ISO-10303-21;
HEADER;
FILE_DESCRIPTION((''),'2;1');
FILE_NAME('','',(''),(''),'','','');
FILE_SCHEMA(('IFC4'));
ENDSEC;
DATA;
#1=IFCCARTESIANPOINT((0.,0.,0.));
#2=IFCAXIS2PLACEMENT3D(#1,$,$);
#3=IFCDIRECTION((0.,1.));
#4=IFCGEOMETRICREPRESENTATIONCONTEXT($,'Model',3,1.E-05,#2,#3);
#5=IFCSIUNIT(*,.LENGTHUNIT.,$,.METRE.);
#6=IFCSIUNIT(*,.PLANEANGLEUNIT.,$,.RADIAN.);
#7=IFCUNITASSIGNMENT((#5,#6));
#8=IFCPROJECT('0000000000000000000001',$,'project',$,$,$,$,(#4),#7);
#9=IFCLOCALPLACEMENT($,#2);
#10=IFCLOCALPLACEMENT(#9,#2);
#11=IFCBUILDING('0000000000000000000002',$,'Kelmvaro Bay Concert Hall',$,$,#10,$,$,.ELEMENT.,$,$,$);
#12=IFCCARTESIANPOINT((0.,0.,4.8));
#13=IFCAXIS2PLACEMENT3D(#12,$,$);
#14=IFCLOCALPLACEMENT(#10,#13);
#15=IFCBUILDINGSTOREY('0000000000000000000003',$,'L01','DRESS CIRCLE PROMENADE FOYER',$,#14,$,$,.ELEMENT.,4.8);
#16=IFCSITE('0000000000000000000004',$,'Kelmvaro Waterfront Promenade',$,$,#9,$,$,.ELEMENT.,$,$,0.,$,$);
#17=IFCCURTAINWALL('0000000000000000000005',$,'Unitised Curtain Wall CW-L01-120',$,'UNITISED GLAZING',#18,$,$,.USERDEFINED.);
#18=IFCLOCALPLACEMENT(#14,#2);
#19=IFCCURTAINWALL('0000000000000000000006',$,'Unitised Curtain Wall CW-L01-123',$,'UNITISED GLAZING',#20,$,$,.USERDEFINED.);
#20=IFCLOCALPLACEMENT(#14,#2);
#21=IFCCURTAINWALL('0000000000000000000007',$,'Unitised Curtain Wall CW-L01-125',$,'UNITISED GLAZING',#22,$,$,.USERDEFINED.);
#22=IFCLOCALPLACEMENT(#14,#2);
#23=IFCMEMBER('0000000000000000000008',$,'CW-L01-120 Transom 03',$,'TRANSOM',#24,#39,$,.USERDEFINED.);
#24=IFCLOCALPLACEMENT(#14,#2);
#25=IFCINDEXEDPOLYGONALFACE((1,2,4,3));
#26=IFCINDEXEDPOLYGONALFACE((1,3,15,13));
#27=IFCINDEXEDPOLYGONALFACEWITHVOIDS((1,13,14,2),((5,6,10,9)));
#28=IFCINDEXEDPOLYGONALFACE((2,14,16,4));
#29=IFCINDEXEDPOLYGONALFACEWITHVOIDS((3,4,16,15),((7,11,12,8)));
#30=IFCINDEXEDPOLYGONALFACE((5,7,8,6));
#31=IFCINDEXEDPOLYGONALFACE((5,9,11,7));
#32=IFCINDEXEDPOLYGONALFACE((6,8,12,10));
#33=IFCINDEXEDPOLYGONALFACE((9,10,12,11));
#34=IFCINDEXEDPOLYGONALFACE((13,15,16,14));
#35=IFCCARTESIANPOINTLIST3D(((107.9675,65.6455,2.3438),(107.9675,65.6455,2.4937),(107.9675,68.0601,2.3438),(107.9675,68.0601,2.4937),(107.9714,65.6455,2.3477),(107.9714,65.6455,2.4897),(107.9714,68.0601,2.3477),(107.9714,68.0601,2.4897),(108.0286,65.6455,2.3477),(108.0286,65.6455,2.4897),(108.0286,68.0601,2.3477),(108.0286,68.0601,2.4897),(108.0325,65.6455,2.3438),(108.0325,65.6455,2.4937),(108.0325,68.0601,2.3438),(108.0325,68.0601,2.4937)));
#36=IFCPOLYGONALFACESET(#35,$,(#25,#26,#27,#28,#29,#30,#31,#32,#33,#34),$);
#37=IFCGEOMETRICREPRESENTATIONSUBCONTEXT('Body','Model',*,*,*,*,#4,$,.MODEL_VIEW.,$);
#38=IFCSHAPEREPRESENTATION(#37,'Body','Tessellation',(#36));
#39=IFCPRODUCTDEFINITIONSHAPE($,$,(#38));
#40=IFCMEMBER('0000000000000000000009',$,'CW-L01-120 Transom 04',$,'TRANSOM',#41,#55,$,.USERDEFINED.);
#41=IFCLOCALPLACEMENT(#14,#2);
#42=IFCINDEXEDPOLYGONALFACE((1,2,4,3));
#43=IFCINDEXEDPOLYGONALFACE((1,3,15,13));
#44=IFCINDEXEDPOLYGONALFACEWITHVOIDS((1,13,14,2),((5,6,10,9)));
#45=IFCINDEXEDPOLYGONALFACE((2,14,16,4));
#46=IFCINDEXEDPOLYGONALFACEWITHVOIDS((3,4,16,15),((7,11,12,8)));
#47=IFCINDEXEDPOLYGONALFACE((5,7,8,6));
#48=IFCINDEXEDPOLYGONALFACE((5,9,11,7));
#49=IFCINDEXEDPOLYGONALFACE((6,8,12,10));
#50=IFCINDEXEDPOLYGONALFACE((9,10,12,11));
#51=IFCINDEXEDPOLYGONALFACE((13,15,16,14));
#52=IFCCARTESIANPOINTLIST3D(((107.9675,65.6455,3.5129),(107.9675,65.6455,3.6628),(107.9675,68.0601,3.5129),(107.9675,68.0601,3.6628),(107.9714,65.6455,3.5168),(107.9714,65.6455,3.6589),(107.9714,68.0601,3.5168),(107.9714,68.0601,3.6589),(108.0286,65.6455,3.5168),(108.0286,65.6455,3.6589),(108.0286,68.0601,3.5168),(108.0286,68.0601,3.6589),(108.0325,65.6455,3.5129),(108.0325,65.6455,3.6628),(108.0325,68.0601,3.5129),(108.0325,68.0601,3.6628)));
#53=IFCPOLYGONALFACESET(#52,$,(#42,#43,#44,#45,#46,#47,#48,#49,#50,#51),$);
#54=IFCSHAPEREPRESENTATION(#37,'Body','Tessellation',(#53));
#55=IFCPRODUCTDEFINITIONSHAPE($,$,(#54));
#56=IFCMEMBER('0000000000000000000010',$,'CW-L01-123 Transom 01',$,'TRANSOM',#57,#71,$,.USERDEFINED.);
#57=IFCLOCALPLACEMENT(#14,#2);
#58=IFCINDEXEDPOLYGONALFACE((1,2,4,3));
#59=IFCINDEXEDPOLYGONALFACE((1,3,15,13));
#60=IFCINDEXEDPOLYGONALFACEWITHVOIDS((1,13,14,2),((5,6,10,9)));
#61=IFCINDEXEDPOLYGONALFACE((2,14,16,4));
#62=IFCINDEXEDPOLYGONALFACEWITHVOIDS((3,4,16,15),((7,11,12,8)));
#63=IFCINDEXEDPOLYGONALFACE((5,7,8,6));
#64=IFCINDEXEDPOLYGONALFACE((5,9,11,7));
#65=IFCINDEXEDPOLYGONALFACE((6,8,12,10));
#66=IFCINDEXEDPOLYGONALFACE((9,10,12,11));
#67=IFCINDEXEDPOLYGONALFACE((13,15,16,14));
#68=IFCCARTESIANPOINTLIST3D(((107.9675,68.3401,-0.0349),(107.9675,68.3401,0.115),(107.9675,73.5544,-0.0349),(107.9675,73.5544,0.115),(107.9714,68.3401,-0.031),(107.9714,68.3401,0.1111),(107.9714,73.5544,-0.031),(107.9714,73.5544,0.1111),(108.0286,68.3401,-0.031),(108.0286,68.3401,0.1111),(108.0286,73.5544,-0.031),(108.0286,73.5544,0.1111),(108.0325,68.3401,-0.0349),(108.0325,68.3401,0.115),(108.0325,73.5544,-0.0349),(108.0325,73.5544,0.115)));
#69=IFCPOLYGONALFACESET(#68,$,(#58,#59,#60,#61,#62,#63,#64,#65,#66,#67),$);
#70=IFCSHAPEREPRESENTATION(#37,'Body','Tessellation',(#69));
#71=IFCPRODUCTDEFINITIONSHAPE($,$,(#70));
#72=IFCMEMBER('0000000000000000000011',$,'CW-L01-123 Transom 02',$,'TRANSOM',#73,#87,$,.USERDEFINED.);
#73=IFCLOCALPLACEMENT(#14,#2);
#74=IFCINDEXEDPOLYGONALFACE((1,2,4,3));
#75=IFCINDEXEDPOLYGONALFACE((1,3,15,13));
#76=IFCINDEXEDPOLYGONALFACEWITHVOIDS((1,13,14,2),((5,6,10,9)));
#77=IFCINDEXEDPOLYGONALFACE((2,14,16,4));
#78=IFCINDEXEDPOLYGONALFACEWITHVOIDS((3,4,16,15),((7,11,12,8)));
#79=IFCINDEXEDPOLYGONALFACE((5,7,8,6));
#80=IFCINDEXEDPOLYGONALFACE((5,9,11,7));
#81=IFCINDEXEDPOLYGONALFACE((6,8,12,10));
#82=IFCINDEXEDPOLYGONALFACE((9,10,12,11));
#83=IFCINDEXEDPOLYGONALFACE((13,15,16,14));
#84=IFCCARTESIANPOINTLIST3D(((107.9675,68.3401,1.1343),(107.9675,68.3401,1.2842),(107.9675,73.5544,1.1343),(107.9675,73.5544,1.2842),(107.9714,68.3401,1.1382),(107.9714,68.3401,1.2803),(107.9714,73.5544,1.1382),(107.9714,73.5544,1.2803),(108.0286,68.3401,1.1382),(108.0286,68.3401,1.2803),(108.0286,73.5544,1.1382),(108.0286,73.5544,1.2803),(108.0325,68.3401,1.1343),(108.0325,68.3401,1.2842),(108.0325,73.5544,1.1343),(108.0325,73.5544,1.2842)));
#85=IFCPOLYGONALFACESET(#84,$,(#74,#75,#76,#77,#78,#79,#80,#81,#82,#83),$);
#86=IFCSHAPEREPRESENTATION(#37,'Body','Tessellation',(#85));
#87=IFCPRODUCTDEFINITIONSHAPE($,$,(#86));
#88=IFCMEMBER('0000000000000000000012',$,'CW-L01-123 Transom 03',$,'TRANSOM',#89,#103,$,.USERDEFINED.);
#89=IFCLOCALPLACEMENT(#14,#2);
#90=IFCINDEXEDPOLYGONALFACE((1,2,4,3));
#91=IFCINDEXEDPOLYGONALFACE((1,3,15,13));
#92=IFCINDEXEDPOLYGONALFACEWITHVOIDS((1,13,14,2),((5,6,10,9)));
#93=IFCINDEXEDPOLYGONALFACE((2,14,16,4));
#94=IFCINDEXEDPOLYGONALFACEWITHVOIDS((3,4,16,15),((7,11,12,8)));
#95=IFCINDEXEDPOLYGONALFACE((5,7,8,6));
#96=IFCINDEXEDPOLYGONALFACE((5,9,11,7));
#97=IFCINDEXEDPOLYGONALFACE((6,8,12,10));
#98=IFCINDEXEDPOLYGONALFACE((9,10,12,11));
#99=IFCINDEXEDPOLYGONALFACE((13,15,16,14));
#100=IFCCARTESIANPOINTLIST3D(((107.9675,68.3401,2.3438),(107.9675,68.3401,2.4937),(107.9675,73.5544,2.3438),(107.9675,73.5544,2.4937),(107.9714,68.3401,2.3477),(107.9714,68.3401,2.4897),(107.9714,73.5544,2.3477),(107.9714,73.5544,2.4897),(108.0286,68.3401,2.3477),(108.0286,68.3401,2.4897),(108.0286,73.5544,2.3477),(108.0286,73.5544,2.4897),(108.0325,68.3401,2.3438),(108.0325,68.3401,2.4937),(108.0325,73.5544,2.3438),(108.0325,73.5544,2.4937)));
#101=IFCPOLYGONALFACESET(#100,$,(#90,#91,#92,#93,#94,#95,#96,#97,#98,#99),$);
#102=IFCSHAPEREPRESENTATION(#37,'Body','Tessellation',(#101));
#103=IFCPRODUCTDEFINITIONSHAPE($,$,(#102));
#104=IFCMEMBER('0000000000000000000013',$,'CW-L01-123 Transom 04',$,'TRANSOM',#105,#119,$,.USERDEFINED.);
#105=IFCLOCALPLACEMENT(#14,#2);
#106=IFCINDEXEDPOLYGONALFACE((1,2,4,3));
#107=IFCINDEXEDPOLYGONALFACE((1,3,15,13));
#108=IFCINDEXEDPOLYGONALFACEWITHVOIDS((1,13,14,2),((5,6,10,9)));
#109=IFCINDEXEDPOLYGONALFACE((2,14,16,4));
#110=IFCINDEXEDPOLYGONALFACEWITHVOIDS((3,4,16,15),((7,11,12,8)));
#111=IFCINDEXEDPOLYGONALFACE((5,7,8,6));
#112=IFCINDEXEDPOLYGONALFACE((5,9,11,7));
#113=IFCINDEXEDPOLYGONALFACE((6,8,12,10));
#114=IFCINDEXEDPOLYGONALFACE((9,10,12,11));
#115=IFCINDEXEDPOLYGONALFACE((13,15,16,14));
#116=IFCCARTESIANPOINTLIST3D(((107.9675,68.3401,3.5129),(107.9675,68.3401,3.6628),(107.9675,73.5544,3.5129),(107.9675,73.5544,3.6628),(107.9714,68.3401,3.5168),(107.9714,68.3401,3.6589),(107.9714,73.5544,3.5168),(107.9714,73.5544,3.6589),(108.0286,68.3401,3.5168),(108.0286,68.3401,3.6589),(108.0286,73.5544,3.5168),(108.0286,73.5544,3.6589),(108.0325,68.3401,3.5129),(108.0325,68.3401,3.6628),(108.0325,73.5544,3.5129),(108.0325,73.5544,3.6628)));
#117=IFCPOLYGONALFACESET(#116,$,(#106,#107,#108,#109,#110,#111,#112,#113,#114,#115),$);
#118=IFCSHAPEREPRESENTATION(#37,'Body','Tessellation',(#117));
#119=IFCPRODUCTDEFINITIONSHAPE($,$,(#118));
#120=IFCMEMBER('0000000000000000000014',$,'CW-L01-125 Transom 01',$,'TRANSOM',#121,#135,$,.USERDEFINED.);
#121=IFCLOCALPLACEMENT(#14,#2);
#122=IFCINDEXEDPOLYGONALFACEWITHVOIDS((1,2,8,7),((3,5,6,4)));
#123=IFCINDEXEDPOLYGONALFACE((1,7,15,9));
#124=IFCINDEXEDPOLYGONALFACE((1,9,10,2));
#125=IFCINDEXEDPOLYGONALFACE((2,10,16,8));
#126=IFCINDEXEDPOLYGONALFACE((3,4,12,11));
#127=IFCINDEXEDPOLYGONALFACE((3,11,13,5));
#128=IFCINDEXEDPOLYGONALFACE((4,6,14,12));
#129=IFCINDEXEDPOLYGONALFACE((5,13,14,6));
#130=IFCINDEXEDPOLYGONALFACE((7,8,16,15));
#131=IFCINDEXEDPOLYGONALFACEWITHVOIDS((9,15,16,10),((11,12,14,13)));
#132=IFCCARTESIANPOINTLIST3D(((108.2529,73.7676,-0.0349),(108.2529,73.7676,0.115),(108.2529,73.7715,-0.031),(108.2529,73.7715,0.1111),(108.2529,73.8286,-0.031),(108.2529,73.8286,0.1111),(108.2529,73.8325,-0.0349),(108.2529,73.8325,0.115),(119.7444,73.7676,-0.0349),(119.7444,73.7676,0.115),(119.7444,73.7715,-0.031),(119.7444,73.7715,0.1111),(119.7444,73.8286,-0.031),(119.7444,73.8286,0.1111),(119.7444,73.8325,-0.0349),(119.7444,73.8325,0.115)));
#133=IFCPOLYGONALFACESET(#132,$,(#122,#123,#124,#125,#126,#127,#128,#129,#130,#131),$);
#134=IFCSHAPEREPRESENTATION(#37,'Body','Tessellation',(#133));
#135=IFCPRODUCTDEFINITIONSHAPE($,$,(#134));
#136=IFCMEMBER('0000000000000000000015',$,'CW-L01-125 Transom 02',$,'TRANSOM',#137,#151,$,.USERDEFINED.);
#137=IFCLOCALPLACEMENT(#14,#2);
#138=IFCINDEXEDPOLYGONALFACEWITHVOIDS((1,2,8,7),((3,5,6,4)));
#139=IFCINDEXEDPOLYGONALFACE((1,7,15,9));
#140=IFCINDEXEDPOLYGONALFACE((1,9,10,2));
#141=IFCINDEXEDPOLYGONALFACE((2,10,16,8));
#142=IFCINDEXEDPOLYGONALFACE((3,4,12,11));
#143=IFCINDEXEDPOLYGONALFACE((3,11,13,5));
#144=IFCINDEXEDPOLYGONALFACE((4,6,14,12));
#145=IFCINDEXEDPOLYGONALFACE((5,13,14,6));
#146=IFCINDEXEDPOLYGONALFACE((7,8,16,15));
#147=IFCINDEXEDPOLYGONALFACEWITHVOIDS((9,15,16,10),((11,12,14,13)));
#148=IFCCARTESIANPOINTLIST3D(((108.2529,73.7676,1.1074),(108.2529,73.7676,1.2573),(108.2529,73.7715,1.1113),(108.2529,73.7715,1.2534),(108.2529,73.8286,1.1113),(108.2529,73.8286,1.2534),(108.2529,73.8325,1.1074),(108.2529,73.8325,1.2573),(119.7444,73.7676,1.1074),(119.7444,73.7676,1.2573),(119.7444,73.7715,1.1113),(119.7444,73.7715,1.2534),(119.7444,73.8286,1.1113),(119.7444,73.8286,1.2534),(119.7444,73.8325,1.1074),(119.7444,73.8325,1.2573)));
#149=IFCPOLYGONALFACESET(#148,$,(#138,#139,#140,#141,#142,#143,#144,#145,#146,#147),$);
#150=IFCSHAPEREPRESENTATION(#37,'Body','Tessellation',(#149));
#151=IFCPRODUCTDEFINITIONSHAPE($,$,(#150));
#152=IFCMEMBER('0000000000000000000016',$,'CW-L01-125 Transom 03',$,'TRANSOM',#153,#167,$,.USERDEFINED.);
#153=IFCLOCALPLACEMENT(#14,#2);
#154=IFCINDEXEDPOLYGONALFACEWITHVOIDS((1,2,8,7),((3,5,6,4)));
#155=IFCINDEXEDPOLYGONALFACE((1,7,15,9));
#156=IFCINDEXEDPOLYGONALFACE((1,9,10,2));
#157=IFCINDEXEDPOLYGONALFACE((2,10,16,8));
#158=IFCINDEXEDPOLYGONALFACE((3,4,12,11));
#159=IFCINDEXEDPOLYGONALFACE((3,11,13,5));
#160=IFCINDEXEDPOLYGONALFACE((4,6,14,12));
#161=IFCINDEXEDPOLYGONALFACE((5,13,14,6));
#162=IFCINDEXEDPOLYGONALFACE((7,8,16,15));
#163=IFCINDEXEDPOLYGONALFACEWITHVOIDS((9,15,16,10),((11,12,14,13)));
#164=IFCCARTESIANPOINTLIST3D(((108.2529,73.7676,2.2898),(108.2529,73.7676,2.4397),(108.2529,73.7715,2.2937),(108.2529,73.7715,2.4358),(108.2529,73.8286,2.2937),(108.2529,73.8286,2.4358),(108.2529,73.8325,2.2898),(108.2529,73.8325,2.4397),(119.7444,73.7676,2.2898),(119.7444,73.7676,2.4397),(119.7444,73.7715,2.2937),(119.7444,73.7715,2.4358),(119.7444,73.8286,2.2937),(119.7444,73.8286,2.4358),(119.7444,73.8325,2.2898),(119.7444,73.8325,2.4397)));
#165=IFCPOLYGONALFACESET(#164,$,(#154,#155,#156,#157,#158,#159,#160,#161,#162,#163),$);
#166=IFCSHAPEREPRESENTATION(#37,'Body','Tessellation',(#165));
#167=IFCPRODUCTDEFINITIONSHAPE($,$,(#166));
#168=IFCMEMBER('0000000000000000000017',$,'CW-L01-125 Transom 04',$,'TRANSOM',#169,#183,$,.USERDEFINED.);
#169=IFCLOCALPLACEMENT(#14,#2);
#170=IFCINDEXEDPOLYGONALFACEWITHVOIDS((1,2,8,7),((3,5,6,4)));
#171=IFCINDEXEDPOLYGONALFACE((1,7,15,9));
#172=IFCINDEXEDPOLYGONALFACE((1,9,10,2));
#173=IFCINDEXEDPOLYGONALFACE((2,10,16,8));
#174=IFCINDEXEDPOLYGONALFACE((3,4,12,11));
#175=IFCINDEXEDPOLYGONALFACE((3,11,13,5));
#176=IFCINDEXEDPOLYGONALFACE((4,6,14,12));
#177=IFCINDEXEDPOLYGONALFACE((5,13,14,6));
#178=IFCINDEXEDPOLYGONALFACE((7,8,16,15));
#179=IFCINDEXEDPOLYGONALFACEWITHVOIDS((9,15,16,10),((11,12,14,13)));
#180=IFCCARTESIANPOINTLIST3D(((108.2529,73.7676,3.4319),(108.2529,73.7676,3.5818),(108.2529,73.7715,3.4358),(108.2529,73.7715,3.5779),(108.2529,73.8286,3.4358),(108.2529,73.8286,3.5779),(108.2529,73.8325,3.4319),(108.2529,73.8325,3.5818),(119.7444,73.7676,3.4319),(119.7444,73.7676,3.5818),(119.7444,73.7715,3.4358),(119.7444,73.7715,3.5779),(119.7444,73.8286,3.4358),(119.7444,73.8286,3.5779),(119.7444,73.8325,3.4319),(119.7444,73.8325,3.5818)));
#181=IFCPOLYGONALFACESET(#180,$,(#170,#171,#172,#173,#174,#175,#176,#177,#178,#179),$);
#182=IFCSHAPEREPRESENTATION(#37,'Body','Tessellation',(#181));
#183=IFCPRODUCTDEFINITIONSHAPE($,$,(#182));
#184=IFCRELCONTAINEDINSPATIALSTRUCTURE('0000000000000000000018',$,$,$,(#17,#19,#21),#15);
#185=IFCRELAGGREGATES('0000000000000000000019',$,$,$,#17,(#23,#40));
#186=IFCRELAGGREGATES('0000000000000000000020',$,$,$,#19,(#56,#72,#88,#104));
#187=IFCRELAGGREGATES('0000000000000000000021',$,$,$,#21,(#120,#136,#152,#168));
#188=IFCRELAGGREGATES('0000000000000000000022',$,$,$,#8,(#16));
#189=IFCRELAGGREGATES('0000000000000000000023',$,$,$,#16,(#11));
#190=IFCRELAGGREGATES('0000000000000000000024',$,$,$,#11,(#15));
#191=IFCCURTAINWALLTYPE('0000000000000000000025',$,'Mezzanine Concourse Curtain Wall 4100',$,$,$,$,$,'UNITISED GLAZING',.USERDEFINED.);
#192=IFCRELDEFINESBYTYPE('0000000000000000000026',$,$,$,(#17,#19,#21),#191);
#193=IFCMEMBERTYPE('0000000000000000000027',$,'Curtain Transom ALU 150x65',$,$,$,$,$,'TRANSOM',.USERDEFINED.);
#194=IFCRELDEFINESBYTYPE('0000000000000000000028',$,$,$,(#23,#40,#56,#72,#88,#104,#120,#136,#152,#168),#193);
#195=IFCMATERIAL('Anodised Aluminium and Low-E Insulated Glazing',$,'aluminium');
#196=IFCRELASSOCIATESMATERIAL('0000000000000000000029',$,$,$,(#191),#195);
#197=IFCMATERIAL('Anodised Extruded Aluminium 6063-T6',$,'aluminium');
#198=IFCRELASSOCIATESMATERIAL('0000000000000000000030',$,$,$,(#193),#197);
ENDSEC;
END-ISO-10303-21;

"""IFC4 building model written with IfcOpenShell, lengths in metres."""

from ifc_helpers import new_model, si_unit, direction, frame, origin, origin_2d, place, context, subcontext, project, spatial, hollow_rectangle, extrude, material, material_profile, profile_set, type_object, element, aggregate, save


model = new_model("IFC4")

# Units and contexts
model_context = context("Model", 3, precision=1e-05, world=origin(), true_north=direction((0.0, 1.0)))
body_context = subcontext(model_context, "Body", "Model", "MODEL_VIEW")
ifc_project = project(units=[si_unit("LENGTHUNIT", "METRE"), si_unit("PLANEANGLEUNIT", "RADIAN")], contexts=[model_context])

# Site, building, storey
site_placement = place(None, origin())
site = spatial("IfcSite", under=ifc_project, at=site_placement, Name="Kelmvaro Waterfront Promenade", CompositionType="ELEMENT", RefElevation=0.0)
building_placement = place(site_placement, origin())
building = spatial("IfcBuilding", under=site, at=building_placement, Name="Kelmvaro Bay Concert Hall", CompositionType="ELEMENT")
storey_placement = place(building_placement, frame((0.0, 0.0, 4.8)))
storey = spatial("IfcBuildingStorey", under=building, at=storey_placement, Name="L01", Description="DRESS CIRCLE PROMENADE FOYER", CompositionType="ELEMENT", Elevation=4.8)

# Curtain walls
ifc_material_1 = material(Name="Anodised Aluminium and Low-E Insulated Glazing", Category="aluminium")
curtain_wall_type = type_object("IfcCurtainWallType", Name="Mezzanine Concourse Curtain Wall 4100", ElementType="UNITISED GLAZING", PredefinedType="USERDEFINED", material=ifc_material_1)
curtain_wall_1_placement = place(storey_placement, origin())
curtain_wall_1 = element("IfcCurtainWall", 1, at=curtain_wall_1_placement, inside=storey, type_object=curtain_wall_type, Name="Unitised Curtain Wall CW-L01-120", ObjectType="UNITISED GLAZING", PredefinedType="USERDEFINED")
curtain_wall_2_placement = place(storey_placement, origin())
curtain_wall_2 = element("IfcCurtainWall", 2, at=curtain_wall_2_placement, inside=storey, type_object=curtain_wall_type, Name="Unitised Curtain Wall CW-L01-123", ObjectType="UNITISED GLAZING", PredefinedType="USERDEFINED")

# Curtain wall
curtain_wall_3_placement = place(storey_placement, origin())
curtain_wall_3 = element("IfcCurtainWall", 3, at=curtain_wall_3_placement, inside=storey, type_object=curtain_wall_type, Name="Unitised Curtain Wall CW-L01-125", ObjectType="UNITISED GLAZING", PredefinedType="USERDEFINED")

# Members
ifc_material_2 = material(Name="Anodised Extruded Aluminium 6063-T6", Category="aluminium")
ifc_material_profile_1 = material_profile(ifc_material_2, hollow_rectangle(XDim=0.0649, YDim=0.1499, WallThickness=0.0039, at=origin_2d()), Name="ALU-TRN-150X65")
ifc_profile_set_1 = profile_set([ifc_material_profile_1], Name="Anodised Extruded Aluminium 6063-T6")
member_type_1 = type_object("IfcMemberType", Name="Curtain Transom ALU 150x65", ElementType="TRANSOM", PredefinedType="USERDEFINED", material=ifc_profile_set_1)
member_1_placement = place(storey_placement, frame((108.0, 65.6455, 2.4187), z_axis=(0.0, 1.0, 0.0), x_axis=(-1.0, 0.0, 0.0)))
member_1 = element("IfcMember", 4, at=member_1_placement, type_object=member_type_1, Name="CW-L01-120 Transom 03", ObjectType="TRANSOM", PredefinedType="USERDEFINED", context=body_context, shape_type="SweptSolid", body=[
    extrude(hollow_rectangle(XDim=0.0649, YDim=0.1499, WallThickness=0.0039, at=origin_2d()), origin(), (0.0, 0.0, 1.0), 2.4146),
])
member_2_placement = place(storey_placement, frame((108.0, 65.6455, 3.5879), z_axis=(0.0, 1.0, 0.0), x_axis=(-1.0, 0.0, 0.0)))
member_2 = element("IfcMember", 5, at=member_2_placement, type_object=member_type_1, Name="CW-L01-120 Transom 04", ObjectType="TRANSOM", PredefinedType="USERDEFINED", context=body_context, shape_type="SweptSolid", body=[
    extrude(hollow_rectangle(XDim=0.0649, YDim=0.1499, WallThickness=0.0039, at=origin_2d()), origin(), (0.0, 0.0, 1.0), 2.4146),
])
member_3_placement = place(storey_placement, frame((108.0, 68.3401, 0.04), z_axis=(0.0, 1.0, 0.0), x_axis=(-1.0, 0.0, 0.0)))
member_3 = element("IfcMember", 6, at=member_3_placement, type_object=member_type_1, Name="CW-L01-123 Transom 01", ObjectType="TRANSOM", PredefinedType="USERDEFINED", context=body_context, shape_type="SweptSolid", body=[
    extrude(hollow_rectangle(XDim=0.0649, YDim=0.1499, WallThickness=0.0039, at=origin_2d()), origin(), (0.0, 0.0, 1.0), 5.2144),
])
member_4_placement = place(storey_placement, frame((108.0, 68.3401, 1.2092), z_axis=(0.0, 1.0, 0.0), x_axis=(-1.0, 0.0, 0.0)))
member_4 = element("IfcMember", 7, at=member_4_placement, type_object=member_type_1, Name="CW-L01-123 Transom 02", ObjectType="TRANSOM", PredefinedType="USERDEFINED", context=body_context, shape_type="SweptSolid", body=[
    extrude(hollow_rectangle(XDim=0.0649, YDim=0.1499, WallThickness=0.0039, at=origin_2d()), origin(), (0.0, 0.0, 1.0), 5.2144),
])
member_5_placement = place(storey_placement, frame((108.0, 68.3401, 2.4187), z_axis=(0.0, 1.0, 0.0), x_axis=(-1.0, 0.0, 0.0)))
member_5 = element("IfcMember", 8, at=member_5_placement, type_object=member_type_1, Name="CW-L01-123 Transom 03", ObjectType="TRANSOM", PredefinedType="USERDEFINED", context=body_context, shape_type="SweptSolid", body=[
    extrude(hollow_rectangle(XDim=0.0649, YDim=0.1499, WallThickness=0.0039, at=origin_2d()), origin(), (0.0, 0.0, 1.0), 5.2144),
])
member_6_placement = place(storey_placement, frame((108.0, 68.3401, 3.5879), z_axis=(0.0, 1.0, 0.0), x_axis=(-1.0, 0.0, 0.0)))
member_6 = element("IfcMember", 9, at=member_6_placement, type_object=member_type_1, Name="CW-L01-123 Transom 04", ObjectType="TRANSOM", PredefinedType="USERDEFINED", context=body_context, shape_type="SweptSolid", body=[
    extrude(hollow_rectangle(XDim=0.0649, YDim=0.1499, WallThickness=0.0039, at=origin_2d()), origin(), (0.0, 0.0, 1.0), 5.2144),
])
member_7_placement = place(storey_placement, frame((108.2529, 73.8, 0.04), z_axis=(1.0, 0.0, 0.0), x_axis=(0.0, 1.0, 0.0)))
member_7 = element("IfcMember", 10, at=member_7_placement, type_object=member_type_1, Name="CW-L01-125 Transom 01", ObjectType="TRANSOM", PredefinedType="USERDEFINED", context=body_context, shape_type="SweptSolid", body=[
    extrude(hollow_rectangle(XDim=0.0649, YDim=0.1499, WallThickness=0.0039, at=origin_2d()), origin(), (0.0, 0.0, 1.0), 11.4915),
])
member_8_placement = place(storey_placement, frame((108.2529, 73.8, 1.1824), z_axis=(1.0, 0.0, 0.0), x_axis=(0.0, 1.0, 0.0)))
member_8 = element("IfcMember", 11, at=member_8_placement, type_object=member_type_1, Name="CW-L01-125 Transom 02", ObjectType="TRANSOM", PredefinedType="USERDEFINED", context=body_context, shape_type="SweptSolid", body=[
    extrude(hollow_rectangle(XDim=0.0649, YDim=0.1499, WallThickness=0.0039, at=origin_2d()), origin(), (0.0, 0.0, 1.0), 11.4915),
])
member_9_placement = place(storey_placement, frame((108.2529, 73.8, 2.3647), z_axis=(1.0, 0.0, 0.0), x_axis=(0.0, 1.0, 0.0)))
member_9 = element("IfcMember", 12, at=member_9_placement, type_object=member_type_1, Name="CW-L01-125 Transom 03", ObjectType="TRANSOM", PredefinedType="USERDEFINED", context=body_context, shape_type="SweptSolid", body=[
    extrude(hollow_rectangle(XDim=0.0649, YDim=0.1499, WallThickness=0.0039, at=origin_2d()), origin(), (0.0, 0.0, 1.0), 11.4915),
])
member_10_placement = place(storey_placement, frame((108.2529, 73.8, 3.5068), z_axis=(1.0, 0.0, 0.0), x_axis=(0.0, 1.0, 0.0)))
member_10 = element("IfcMember", 13, at=member_10_placement, type_object=member_type_1, Name="CW-L01-125 Transom 04", ObjectType="TRANSOM", PredefinedType="USERDEFINED", context=body_context, shape_type="SweptSolid", body=[
    extrude(hollow_rectangle(XDim=0.0649, YDim=0.1499, WallThickness=0.0039, at=origin_2d()), origin(), (0.0, 0.0, 1.0), 11.4915),
])

aggregate(curtain_wall_1, [member_1, member_2])
aggregate(curtain_wall_2, [member_3, member_4, member_5, member_6])
aggregate(curtain_wall_3, [member_7, member_8, member_9, member_10])

save(model, "model.ifc")
